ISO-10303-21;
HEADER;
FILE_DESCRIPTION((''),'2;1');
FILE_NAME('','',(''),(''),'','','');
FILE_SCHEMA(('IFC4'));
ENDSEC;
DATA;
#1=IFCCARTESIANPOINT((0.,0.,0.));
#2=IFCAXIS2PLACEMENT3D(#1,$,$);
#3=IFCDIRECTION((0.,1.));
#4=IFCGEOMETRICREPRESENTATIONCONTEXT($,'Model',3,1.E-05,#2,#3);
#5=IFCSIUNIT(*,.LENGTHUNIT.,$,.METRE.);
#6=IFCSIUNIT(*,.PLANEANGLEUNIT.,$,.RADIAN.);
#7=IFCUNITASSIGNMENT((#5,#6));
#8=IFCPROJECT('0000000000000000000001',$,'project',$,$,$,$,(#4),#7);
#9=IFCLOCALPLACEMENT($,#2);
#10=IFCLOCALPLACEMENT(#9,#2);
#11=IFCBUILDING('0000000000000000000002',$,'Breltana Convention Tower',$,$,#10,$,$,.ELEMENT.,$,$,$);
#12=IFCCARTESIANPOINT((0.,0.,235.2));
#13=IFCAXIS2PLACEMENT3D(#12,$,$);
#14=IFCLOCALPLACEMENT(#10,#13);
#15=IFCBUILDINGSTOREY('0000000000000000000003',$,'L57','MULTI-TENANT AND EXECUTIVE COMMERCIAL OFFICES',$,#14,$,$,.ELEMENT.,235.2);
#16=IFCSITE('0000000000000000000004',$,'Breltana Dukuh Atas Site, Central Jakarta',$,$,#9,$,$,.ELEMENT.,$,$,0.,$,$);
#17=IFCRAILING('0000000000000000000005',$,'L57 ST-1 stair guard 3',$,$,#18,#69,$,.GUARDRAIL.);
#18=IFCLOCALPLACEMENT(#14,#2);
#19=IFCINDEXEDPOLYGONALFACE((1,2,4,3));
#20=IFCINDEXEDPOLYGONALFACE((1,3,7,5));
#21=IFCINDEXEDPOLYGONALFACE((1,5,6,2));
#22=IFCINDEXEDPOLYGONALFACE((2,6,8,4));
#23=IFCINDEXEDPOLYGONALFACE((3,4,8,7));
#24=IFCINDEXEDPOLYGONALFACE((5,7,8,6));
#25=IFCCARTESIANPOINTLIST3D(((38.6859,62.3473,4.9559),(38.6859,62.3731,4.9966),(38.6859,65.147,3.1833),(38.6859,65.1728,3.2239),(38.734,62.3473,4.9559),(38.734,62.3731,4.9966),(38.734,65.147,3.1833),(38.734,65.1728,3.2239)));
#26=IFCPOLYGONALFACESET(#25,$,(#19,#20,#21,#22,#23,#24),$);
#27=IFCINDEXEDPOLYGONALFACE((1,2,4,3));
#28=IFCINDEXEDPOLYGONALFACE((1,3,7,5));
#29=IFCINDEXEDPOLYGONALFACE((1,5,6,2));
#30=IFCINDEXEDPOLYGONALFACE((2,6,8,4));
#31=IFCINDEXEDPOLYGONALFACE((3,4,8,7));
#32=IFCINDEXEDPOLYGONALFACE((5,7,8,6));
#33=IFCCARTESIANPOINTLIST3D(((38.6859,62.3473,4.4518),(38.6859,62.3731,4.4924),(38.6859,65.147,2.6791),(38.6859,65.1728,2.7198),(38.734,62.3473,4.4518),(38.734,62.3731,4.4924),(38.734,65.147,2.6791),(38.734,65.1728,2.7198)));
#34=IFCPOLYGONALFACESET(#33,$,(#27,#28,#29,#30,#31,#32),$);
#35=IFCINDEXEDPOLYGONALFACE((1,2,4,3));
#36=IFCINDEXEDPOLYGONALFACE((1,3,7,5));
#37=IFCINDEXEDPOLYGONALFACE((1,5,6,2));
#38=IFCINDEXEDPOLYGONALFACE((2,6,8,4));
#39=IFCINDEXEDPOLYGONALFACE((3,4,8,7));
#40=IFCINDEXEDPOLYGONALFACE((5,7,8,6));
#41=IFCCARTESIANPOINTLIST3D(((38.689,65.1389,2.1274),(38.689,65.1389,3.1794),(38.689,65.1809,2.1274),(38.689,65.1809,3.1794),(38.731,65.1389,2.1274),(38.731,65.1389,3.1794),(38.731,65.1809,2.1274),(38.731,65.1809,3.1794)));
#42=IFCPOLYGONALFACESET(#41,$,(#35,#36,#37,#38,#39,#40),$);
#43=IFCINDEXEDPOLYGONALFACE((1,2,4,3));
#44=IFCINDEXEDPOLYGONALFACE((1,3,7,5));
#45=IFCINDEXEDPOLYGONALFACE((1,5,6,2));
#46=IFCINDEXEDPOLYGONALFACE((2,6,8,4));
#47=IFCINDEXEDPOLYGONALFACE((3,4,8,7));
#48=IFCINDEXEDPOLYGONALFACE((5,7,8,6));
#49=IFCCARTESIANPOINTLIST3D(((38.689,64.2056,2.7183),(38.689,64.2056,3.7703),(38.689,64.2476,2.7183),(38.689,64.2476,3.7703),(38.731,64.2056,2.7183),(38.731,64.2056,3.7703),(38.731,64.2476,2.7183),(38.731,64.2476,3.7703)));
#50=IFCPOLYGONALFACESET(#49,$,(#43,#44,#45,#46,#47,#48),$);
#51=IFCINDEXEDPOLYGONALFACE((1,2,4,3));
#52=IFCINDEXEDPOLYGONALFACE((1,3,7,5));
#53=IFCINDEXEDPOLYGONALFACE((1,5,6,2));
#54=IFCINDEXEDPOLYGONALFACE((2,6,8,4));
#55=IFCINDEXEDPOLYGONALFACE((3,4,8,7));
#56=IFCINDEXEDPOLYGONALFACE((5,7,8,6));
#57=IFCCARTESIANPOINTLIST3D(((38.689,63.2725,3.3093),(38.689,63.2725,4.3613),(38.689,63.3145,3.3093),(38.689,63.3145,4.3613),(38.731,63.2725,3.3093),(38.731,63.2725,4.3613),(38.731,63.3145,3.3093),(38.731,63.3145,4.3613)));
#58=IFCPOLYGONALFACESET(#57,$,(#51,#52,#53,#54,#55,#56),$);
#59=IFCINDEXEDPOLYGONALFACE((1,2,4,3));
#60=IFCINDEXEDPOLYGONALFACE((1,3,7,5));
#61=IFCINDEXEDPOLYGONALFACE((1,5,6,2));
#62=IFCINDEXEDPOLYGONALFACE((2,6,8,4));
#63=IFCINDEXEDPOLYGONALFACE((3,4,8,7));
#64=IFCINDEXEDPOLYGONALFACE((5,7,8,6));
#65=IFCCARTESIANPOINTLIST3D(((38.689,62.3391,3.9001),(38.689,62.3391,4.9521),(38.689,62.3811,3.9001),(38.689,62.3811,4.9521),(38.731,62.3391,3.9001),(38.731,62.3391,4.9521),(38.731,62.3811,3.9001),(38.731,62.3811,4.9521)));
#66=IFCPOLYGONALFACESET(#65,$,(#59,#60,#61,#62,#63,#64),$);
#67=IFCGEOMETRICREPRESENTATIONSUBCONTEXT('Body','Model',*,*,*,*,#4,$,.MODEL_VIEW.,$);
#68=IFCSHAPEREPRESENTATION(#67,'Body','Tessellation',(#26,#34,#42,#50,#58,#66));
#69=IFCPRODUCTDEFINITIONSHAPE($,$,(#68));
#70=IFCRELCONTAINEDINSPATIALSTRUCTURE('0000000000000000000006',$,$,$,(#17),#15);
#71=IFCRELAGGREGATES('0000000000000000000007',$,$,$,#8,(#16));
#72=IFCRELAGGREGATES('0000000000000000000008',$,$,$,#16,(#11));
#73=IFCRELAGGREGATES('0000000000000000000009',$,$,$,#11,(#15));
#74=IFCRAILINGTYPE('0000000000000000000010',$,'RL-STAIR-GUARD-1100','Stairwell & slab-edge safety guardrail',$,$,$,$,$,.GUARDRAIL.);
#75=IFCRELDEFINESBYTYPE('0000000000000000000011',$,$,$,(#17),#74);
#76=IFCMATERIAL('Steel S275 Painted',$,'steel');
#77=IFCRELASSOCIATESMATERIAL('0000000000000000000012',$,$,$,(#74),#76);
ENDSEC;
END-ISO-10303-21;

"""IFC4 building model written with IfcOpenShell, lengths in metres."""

from ifc_helpers import new_model, si_unit, direction, frame, origin, origin_2d, place, context, subcontext, project, spatial, rectangle, extrude, material, type_object, element, save


model = new_model("IFC4")

# Units and contexts
model_context = context("Model", 3, precision=1e-05, world=origin(), true_north=direction((0.0, 1.0)))
body_context = subcontext(model_context, "Body", "Model", "MODEL_VIEW")
ifc_project = project(units=[si_unit("LENGTHUNIT", "METRE"), si_unit("PLANEANGLEUNIT", "RADIAN")], contexts=[model_context])

# Site, building, storey
site_placement = place(None, origin())
site = spatial("IfcSite", under=ifc_project, at=site_placement, Name="Breltana Dukuh Atas Site, Central Jakarta", CompositionType="ELEMENT", RefElevation=0.0)
building_placement = place(site_placement, origin())
building = spatial("IfcBuilding", under=site, at=building_placement, Name="Breltana Convention Tower", CompositionType="ELEMENT")
storey_placement = place(building_placement, frame((0.0, 0.0, 235.2)))
storey = spatial("IfcBuildingStorey", under=building, at=storey_placement, Name="L57", Description="MULTI-TENANT AND EXECUTIVE COMMERCIAL OFFICES", CompositionType="ELEMENT", Elevation=235.2)

# Railing
ifc_material_1 = material(Name="Steel S275 Painted", Category="steel")
railing_type = type_object("IfcRailingType", Name="RL-STAIR-GUARD-1100", Description="Stairwell & slab-edge safety guardrail", PredefinedType="GUARDRAIL", material=ifc_material_1)
railing_1_placement = place(storey_placement, frame((38.71, 65.1599, 2.1274)))
element("IfcRailing", 1, at=railing_1_placement, inside=storey, type_object=railing_type, Name="L57 ST-1 stair guard 3", PredefinedType="GUARDRAIL", context=body_context, shape_type="SweptSolid", body=[
    extrude(rectangle(XDim=0.0481, YDim=0.0481, at=origin_2d()), frame((0.0, 0.0, 1.0762), z_axis=(0.0, -0.844888, 0.534943), x_axis=(1.0, 0.0, 0.0)), (0.0, 0.0, 1.0), 3.3137),
    extrude(rectangle(XDim=0.0481, YDim=0.0481, at=origin_2d()), frame((0.0, 0.0, 0.572), z_axis=(0.0, -0.844888, 0.534943), x_axis=(1.0, 0.0, 0.0)), (0.0, 0.0, 1.0), 3.3137),
    extrude(rectangle(XDim=0.042, YDim=0.042, at=origin_2d()), origin(), (0.0, 0.0, 1.0), 1.052),
    extrude(rectangle(XDim=0.042, YDim=0.042, at=origin_2d()), frame((0.0, -0.9333, 0.5908)), (0.0, 0.0, 1.0), 1.052),
    extrude(rectangle(XDim=0.042, YDim=0.042, at=origin_2d()), frame((0.0, -1.8665, 1.1819)), (0.0, 0.0, 1.0), 1.052),
    extrude(rectangle(XDim=0.042, YDim=0.042, at=origin_2d()), frame((0.0, -2.7998, 1.7727)), (0.0, 0.0, 1.0), 1.052),
])

save(model, "model.ifc")
